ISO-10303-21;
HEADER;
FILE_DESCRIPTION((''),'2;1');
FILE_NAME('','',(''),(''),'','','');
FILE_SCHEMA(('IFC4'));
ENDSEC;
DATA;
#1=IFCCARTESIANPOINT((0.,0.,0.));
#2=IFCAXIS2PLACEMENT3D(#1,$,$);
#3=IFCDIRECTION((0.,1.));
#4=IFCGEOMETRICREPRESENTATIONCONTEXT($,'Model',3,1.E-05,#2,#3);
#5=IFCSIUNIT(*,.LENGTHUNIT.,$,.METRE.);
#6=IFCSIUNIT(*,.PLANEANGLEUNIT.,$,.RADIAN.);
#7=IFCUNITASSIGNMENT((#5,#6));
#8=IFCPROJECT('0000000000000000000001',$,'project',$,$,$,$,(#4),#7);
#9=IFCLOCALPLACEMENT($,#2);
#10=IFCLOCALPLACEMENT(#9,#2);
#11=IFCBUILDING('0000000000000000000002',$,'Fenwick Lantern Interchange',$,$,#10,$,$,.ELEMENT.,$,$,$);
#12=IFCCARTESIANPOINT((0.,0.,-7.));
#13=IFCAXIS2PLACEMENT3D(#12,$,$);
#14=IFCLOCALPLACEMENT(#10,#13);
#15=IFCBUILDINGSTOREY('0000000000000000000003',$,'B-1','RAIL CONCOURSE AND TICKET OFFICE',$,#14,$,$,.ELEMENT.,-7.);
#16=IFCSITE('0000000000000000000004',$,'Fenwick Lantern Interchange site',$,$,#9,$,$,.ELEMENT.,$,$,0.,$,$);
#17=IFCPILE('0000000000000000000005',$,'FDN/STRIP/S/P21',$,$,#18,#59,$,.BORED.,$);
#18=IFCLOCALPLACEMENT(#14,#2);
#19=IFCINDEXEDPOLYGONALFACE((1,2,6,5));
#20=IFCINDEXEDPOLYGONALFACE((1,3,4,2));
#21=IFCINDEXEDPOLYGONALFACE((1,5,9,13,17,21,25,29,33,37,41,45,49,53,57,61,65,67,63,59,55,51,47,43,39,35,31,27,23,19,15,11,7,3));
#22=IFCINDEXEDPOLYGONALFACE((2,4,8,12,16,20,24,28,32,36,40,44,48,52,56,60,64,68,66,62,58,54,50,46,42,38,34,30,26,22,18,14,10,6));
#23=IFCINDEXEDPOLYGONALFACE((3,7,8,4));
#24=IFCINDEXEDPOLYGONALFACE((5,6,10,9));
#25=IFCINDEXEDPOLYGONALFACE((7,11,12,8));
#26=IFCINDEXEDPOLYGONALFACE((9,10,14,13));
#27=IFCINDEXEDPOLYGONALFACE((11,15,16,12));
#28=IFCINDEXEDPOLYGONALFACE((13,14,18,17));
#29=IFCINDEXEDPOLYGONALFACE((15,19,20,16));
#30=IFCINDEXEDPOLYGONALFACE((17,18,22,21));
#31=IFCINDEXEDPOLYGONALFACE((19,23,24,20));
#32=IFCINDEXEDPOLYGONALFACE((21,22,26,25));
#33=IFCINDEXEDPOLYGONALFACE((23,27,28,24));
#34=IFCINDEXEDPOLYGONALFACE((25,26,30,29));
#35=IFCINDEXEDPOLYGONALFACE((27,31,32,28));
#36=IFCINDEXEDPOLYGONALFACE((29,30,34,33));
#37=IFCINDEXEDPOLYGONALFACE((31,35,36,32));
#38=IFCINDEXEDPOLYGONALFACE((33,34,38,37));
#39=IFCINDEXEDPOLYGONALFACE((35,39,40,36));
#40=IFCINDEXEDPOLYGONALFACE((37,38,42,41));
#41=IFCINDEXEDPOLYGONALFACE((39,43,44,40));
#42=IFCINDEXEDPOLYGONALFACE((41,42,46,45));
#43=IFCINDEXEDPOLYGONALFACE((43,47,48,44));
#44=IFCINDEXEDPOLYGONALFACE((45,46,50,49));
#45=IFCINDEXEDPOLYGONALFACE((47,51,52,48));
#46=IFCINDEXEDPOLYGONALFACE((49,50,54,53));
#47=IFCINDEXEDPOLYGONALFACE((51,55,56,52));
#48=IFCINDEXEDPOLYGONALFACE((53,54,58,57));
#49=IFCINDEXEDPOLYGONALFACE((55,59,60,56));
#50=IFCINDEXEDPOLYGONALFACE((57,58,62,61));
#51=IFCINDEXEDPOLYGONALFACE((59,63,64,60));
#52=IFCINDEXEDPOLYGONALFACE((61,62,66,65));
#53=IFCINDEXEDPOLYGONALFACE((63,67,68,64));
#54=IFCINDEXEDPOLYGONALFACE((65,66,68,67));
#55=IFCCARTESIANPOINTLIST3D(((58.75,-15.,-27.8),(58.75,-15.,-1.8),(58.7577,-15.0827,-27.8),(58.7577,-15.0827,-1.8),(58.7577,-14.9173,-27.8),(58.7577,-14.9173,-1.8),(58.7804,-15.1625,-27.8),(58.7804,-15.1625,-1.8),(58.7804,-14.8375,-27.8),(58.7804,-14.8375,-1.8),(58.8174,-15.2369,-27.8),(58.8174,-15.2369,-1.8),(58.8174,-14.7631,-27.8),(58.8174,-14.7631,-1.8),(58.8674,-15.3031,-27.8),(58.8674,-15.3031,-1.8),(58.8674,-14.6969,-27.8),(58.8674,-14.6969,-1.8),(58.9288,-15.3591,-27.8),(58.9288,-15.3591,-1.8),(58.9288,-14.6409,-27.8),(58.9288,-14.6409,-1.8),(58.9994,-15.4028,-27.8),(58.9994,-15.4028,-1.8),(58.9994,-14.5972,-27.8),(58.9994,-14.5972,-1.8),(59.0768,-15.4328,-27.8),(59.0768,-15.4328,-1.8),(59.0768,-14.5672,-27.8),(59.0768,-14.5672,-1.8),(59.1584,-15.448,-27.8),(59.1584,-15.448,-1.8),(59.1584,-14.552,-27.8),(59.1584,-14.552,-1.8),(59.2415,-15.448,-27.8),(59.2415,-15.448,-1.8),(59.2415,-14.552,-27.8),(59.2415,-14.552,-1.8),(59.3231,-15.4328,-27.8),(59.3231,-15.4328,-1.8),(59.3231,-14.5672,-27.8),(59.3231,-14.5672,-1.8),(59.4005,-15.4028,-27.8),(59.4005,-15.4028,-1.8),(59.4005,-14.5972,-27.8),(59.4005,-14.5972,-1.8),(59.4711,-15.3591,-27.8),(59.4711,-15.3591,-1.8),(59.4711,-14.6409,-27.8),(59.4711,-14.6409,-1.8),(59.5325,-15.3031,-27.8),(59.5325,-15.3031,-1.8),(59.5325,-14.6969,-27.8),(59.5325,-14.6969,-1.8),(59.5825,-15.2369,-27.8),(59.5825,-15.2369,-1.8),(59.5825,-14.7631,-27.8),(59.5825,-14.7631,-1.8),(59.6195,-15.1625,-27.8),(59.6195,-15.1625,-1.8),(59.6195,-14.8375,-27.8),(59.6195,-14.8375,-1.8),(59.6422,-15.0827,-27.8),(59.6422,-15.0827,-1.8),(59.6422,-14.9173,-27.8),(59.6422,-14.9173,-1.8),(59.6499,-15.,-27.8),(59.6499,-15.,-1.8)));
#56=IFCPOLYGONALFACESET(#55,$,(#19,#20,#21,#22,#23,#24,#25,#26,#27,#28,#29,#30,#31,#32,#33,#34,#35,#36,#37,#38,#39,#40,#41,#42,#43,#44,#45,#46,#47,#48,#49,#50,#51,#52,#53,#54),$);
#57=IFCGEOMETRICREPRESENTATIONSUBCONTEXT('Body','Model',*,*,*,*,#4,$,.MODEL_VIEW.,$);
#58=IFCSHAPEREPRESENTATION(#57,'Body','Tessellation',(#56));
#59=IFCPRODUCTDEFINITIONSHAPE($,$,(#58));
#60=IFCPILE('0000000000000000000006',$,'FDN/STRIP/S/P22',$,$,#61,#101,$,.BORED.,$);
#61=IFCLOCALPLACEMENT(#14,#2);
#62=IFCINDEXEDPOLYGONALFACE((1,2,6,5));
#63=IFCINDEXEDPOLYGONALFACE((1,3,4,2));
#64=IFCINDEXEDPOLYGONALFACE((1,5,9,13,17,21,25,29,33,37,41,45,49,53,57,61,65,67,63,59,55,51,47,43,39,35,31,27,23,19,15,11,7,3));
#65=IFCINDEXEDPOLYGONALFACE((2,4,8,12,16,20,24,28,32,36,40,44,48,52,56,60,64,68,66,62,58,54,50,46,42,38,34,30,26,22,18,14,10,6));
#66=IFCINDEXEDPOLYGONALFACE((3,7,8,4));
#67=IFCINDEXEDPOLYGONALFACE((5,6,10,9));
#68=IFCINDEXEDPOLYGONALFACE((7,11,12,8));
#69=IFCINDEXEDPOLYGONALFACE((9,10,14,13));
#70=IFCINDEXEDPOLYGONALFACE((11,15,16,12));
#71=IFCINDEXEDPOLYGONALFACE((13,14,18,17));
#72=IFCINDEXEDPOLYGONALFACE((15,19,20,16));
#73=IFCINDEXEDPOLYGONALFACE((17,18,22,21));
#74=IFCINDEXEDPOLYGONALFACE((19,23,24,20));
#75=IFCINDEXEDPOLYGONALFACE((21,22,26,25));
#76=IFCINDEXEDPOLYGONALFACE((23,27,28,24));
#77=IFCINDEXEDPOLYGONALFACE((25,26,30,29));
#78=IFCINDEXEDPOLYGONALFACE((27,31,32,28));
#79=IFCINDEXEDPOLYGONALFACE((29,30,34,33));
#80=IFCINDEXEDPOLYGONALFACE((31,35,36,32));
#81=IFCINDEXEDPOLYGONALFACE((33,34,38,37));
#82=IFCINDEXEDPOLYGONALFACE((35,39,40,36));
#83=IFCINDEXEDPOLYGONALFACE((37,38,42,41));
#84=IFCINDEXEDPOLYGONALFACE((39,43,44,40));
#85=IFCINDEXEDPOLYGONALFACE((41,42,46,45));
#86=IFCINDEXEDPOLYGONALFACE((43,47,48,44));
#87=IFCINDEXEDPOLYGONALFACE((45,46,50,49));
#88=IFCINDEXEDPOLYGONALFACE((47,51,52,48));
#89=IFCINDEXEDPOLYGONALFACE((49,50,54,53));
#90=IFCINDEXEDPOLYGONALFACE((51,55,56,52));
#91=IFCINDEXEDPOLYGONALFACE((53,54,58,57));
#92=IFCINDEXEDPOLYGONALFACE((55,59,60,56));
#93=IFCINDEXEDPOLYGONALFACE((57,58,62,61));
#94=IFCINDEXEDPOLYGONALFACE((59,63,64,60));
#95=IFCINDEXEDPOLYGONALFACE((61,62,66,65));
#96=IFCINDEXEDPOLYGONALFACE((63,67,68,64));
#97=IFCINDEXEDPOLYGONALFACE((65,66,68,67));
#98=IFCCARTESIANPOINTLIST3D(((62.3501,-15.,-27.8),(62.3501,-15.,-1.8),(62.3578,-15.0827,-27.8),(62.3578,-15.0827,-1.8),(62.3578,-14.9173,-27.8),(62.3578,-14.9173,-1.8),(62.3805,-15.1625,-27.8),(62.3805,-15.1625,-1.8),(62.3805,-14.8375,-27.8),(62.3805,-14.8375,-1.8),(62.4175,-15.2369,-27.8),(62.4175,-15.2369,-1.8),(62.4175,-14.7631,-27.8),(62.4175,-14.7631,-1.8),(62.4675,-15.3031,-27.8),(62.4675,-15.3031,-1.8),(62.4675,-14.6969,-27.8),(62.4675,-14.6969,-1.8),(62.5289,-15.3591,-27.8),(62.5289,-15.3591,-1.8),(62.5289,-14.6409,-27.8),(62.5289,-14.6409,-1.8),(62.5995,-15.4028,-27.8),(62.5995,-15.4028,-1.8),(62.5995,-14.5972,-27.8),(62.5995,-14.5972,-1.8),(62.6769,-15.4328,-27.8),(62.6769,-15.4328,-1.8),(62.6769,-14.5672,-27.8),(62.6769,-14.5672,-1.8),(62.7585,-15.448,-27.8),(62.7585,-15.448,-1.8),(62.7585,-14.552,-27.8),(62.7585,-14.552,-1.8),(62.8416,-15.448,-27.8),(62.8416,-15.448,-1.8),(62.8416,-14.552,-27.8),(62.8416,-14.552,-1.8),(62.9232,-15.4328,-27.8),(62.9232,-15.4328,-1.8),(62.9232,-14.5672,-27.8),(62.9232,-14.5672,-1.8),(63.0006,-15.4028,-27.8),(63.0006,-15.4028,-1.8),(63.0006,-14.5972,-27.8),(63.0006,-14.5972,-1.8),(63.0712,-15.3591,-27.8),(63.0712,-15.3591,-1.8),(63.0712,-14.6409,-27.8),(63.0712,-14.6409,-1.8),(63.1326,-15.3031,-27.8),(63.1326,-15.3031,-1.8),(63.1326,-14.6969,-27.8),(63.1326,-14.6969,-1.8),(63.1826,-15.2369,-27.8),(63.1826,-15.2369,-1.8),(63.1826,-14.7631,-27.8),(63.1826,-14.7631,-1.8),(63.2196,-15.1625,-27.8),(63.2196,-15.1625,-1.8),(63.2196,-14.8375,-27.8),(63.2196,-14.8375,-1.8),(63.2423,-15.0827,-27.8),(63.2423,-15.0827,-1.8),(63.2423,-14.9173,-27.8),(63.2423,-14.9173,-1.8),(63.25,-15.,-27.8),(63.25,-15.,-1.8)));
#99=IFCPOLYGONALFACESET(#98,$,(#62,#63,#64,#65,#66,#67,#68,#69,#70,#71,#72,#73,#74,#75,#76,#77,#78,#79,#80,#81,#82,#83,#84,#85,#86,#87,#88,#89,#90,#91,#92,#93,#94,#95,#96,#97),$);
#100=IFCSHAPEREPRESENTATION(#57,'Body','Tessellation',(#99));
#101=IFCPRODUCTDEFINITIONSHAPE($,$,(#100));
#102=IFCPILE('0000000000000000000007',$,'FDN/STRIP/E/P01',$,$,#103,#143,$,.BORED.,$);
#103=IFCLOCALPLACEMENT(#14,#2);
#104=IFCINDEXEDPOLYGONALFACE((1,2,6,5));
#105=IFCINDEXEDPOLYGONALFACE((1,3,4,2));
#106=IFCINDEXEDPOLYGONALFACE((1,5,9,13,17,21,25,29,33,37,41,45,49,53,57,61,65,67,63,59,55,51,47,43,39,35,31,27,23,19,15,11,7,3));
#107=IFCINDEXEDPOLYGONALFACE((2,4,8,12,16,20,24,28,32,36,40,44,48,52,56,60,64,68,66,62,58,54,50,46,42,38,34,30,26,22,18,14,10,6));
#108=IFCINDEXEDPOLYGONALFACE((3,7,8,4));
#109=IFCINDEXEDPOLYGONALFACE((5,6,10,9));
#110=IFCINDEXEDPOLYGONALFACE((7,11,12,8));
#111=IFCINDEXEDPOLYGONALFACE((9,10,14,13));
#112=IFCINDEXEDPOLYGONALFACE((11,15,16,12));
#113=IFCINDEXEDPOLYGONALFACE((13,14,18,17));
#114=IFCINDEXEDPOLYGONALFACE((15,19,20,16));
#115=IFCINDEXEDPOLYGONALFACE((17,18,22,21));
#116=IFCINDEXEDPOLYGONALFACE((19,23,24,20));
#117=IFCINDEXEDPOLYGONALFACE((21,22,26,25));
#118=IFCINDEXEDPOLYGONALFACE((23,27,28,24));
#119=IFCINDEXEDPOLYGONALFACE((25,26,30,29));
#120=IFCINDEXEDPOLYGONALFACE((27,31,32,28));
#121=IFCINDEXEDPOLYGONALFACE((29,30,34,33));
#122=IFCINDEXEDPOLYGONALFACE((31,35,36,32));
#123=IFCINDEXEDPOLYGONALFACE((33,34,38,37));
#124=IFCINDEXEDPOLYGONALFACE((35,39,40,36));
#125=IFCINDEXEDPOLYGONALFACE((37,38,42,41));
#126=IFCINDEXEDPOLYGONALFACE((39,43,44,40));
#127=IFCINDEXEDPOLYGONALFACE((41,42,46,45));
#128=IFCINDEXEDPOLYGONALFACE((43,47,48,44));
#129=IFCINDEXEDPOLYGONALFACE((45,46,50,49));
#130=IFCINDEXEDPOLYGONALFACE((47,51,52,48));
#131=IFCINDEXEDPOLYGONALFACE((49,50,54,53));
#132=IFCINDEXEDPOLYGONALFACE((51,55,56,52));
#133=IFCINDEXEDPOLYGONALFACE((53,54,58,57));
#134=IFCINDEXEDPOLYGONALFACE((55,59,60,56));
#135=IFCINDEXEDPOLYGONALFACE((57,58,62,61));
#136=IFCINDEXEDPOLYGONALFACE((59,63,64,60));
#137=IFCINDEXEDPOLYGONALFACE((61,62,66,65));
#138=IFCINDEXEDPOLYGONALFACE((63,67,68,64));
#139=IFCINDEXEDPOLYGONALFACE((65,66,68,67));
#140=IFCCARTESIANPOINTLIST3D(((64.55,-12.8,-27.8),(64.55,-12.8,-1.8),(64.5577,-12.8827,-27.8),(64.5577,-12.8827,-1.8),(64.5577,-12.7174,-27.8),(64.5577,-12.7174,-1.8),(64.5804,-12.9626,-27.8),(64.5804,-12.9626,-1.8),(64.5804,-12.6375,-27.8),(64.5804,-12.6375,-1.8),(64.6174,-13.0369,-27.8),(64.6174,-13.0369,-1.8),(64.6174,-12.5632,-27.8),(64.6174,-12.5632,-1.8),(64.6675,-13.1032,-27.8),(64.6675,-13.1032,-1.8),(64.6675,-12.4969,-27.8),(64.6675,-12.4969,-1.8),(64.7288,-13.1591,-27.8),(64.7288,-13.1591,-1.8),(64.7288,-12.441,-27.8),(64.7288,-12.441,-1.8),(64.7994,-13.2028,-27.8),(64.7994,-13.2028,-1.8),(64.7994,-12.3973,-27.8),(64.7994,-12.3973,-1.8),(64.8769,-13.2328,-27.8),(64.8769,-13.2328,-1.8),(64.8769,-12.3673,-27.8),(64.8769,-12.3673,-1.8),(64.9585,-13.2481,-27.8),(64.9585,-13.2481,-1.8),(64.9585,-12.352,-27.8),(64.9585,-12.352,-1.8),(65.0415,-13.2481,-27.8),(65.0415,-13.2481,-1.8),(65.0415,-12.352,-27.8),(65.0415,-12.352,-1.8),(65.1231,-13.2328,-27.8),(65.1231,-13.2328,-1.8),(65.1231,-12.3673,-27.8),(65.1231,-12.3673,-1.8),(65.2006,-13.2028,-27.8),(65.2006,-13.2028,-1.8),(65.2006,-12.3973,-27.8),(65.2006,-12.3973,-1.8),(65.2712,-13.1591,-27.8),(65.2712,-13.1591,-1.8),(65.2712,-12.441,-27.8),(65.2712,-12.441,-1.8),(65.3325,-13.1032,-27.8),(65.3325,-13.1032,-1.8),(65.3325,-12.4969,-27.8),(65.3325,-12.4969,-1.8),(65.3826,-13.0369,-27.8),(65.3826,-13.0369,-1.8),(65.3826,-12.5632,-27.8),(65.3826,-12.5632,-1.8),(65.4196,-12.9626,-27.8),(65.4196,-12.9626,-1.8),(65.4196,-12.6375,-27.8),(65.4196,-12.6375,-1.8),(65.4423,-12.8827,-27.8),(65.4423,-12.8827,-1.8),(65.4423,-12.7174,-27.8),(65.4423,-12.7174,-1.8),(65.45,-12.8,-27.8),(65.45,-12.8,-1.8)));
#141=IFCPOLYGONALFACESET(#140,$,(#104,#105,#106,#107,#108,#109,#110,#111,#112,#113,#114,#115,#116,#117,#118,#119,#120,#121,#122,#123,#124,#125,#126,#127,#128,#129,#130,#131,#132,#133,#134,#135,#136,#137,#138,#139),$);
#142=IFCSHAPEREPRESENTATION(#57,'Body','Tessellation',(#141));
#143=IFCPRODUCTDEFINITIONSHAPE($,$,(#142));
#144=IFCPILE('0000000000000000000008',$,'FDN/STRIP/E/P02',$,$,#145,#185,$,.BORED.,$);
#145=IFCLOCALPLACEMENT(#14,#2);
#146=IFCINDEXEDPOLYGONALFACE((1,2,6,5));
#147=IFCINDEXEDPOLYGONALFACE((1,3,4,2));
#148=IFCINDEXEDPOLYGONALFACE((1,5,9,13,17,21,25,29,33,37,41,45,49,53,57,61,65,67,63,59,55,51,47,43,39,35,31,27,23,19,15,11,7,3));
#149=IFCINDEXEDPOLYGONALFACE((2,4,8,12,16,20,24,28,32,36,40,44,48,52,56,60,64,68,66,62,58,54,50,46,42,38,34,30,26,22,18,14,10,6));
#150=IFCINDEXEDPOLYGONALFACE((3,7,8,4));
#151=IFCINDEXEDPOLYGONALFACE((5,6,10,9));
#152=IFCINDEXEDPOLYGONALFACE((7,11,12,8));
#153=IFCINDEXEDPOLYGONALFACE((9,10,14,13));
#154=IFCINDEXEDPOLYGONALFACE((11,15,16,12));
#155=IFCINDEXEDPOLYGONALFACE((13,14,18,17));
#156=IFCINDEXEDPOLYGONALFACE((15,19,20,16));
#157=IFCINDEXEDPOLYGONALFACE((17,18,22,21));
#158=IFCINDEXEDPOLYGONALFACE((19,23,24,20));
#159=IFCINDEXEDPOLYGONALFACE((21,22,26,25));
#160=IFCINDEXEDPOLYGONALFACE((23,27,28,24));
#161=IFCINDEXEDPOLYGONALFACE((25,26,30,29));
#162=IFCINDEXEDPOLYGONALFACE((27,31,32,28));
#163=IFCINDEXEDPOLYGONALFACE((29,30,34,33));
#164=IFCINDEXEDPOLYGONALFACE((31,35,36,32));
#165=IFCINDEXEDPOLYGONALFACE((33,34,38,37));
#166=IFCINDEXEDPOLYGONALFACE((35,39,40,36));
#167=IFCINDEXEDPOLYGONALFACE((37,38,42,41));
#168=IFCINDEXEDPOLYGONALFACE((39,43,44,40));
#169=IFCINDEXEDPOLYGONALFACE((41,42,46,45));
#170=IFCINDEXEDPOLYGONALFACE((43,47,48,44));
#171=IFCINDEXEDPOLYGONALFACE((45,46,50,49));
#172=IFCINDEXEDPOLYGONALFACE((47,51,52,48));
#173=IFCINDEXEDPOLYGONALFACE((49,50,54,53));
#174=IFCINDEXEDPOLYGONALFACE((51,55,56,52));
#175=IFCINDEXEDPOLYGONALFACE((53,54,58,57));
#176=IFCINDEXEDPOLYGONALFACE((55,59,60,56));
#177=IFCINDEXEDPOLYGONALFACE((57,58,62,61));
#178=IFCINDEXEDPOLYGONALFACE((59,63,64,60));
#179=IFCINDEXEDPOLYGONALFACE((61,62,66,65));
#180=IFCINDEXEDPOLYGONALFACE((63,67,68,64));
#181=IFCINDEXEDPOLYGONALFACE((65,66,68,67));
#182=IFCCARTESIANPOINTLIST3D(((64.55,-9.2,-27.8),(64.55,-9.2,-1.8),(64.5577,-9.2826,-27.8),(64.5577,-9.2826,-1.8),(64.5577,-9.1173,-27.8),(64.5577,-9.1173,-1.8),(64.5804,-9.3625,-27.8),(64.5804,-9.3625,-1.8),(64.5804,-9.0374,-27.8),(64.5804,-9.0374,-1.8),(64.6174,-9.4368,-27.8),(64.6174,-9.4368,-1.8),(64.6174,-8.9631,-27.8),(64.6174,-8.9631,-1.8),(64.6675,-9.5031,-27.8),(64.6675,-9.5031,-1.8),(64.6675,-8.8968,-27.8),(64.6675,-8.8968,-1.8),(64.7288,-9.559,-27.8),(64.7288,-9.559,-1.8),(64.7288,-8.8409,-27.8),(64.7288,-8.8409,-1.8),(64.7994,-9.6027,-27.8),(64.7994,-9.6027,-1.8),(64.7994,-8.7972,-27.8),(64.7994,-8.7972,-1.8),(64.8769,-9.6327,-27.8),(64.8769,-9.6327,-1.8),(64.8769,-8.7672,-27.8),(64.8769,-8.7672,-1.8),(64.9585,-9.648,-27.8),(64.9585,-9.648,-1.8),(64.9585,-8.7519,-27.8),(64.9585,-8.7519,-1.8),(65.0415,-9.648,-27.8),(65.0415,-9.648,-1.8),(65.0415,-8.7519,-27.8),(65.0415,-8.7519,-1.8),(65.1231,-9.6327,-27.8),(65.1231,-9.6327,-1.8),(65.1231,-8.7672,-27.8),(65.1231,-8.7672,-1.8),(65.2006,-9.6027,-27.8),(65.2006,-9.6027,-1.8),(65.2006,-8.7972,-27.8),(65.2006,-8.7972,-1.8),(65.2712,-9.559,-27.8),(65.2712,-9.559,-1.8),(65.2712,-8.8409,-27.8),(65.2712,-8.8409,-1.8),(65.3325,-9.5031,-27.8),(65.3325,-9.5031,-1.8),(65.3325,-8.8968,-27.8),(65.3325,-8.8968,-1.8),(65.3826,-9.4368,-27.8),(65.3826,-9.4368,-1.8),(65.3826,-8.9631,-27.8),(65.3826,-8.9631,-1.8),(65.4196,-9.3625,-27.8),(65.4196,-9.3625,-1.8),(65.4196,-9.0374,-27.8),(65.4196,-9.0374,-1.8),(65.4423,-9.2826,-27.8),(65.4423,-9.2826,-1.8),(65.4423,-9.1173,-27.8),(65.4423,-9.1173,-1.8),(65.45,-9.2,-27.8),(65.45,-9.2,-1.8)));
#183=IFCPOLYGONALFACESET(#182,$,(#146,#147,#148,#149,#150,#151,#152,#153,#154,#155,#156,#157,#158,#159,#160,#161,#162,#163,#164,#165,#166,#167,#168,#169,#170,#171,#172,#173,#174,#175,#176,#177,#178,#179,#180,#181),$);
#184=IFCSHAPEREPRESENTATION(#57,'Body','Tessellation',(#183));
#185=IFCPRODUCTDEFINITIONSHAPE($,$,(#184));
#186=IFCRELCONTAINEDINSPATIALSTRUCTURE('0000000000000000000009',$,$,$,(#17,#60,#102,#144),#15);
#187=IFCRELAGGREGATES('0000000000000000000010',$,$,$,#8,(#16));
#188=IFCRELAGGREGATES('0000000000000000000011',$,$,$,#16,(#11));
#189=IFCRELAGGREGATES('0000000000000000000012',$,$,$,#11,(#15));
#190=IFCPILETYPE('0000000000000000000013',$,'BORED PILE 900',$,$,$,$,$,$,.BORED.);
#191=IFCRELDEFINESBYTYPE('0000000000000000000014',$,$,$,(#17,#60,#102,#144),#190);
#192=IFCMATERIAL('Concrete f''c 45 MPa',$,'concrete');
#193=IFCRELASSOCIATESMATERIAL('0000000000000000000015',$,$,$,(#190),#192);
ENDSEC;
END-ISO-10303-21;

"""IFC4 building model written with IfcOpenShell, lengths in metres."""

from ifc_helpers import new_model, si_unit, direction, frame, origin, origin_2d, place, context, subcontext, project, spatial, circle, extrude, material, type_object, element, save


model = new_model("IFC4")

# Units and contexts
model_context = context("Model", 3, precision=1e-05, world=origin(), true_north=direction((0.0, 1.0)))
body_context = subcontext(model_context, "Body", "Model", "MODEL_VIEW")
ifc_project = project(units=[si_unit("LENGTHUNIT", "METRE"), si_unit("PLANEANGLEUNIT", "RADIAN")], contexts=[model_context])

# Site, building, storey
site_placement = place(None, origin())
site = spatial("IfcSite", under=ifc_project, at=site_placement, Name="Fenwick Lantern Interchange site", CompositionType="ELEMENT", RefElevation=0.0)
building_placement = place(site_placement, origin())
building = spatial("IfcBuilding", under=site, at=building_placement, Name="Fenwick Lantern Interchange", CompositionType="ELEMENT")
storey_placement = place(building_placement, frame((0.0, 0.0, -7.0)))
storey = spatial("IfcBuildingStorey", under=building, at=storey_placement, Name="B-1", Description="RAIL CONCOURSE AND TICKET OFFICE", CompositionType="ELEMENT", Elevation=-7.0)

# Piles
ifc_material_1 = material(Name="Concrete f'c 45 MPa", Category="concrete")
pile_type_1 = type_object("IfcPileType", Name="BORED PILE 900", PredefinedType="BORED", material=ifc_material_1)
for number, where, z_axis, x_axis, name in (
    (1, (59.2, -15.0, -1.8), (0.0, 0.0, -1.0), (1.0, 0.0, 0.0), "FDN/STRIP/S/P21"),
    (2, (62.8, -15.0, -1.8), (0.0, 0.0, -1.0), (1.0, 0.0, 0.0), "FDN/STRIP/S/P22"),
    (3, (65.0, -12.8, -1.8), (0.0, 0.0, -1.0), (1.0, 0.0, 0.0), "FDN/STRIP/E/P01"),
    (4, (65.0, -9.2, -1.8), (0.0, 0.0, -1.0), (1.0, 0.0, 0.0), "FDN/STRIP/E/P02"),
):
    element("IfcPile", number, at=place(storey_placement, frame(where, z_axis=z_axis, x_axis=x_axis)), inside=storey, type_object=pile_type_1, Name=name, PredefinedType="BORED", context=body_context, shape_type="SweptSolid", body=[
        extrude(circle(Radius=0.45, at=origin_2d()), origin(), (0.0, 0.0, 1.0), 26.0),
    ])

save(model, "model.ifc")
